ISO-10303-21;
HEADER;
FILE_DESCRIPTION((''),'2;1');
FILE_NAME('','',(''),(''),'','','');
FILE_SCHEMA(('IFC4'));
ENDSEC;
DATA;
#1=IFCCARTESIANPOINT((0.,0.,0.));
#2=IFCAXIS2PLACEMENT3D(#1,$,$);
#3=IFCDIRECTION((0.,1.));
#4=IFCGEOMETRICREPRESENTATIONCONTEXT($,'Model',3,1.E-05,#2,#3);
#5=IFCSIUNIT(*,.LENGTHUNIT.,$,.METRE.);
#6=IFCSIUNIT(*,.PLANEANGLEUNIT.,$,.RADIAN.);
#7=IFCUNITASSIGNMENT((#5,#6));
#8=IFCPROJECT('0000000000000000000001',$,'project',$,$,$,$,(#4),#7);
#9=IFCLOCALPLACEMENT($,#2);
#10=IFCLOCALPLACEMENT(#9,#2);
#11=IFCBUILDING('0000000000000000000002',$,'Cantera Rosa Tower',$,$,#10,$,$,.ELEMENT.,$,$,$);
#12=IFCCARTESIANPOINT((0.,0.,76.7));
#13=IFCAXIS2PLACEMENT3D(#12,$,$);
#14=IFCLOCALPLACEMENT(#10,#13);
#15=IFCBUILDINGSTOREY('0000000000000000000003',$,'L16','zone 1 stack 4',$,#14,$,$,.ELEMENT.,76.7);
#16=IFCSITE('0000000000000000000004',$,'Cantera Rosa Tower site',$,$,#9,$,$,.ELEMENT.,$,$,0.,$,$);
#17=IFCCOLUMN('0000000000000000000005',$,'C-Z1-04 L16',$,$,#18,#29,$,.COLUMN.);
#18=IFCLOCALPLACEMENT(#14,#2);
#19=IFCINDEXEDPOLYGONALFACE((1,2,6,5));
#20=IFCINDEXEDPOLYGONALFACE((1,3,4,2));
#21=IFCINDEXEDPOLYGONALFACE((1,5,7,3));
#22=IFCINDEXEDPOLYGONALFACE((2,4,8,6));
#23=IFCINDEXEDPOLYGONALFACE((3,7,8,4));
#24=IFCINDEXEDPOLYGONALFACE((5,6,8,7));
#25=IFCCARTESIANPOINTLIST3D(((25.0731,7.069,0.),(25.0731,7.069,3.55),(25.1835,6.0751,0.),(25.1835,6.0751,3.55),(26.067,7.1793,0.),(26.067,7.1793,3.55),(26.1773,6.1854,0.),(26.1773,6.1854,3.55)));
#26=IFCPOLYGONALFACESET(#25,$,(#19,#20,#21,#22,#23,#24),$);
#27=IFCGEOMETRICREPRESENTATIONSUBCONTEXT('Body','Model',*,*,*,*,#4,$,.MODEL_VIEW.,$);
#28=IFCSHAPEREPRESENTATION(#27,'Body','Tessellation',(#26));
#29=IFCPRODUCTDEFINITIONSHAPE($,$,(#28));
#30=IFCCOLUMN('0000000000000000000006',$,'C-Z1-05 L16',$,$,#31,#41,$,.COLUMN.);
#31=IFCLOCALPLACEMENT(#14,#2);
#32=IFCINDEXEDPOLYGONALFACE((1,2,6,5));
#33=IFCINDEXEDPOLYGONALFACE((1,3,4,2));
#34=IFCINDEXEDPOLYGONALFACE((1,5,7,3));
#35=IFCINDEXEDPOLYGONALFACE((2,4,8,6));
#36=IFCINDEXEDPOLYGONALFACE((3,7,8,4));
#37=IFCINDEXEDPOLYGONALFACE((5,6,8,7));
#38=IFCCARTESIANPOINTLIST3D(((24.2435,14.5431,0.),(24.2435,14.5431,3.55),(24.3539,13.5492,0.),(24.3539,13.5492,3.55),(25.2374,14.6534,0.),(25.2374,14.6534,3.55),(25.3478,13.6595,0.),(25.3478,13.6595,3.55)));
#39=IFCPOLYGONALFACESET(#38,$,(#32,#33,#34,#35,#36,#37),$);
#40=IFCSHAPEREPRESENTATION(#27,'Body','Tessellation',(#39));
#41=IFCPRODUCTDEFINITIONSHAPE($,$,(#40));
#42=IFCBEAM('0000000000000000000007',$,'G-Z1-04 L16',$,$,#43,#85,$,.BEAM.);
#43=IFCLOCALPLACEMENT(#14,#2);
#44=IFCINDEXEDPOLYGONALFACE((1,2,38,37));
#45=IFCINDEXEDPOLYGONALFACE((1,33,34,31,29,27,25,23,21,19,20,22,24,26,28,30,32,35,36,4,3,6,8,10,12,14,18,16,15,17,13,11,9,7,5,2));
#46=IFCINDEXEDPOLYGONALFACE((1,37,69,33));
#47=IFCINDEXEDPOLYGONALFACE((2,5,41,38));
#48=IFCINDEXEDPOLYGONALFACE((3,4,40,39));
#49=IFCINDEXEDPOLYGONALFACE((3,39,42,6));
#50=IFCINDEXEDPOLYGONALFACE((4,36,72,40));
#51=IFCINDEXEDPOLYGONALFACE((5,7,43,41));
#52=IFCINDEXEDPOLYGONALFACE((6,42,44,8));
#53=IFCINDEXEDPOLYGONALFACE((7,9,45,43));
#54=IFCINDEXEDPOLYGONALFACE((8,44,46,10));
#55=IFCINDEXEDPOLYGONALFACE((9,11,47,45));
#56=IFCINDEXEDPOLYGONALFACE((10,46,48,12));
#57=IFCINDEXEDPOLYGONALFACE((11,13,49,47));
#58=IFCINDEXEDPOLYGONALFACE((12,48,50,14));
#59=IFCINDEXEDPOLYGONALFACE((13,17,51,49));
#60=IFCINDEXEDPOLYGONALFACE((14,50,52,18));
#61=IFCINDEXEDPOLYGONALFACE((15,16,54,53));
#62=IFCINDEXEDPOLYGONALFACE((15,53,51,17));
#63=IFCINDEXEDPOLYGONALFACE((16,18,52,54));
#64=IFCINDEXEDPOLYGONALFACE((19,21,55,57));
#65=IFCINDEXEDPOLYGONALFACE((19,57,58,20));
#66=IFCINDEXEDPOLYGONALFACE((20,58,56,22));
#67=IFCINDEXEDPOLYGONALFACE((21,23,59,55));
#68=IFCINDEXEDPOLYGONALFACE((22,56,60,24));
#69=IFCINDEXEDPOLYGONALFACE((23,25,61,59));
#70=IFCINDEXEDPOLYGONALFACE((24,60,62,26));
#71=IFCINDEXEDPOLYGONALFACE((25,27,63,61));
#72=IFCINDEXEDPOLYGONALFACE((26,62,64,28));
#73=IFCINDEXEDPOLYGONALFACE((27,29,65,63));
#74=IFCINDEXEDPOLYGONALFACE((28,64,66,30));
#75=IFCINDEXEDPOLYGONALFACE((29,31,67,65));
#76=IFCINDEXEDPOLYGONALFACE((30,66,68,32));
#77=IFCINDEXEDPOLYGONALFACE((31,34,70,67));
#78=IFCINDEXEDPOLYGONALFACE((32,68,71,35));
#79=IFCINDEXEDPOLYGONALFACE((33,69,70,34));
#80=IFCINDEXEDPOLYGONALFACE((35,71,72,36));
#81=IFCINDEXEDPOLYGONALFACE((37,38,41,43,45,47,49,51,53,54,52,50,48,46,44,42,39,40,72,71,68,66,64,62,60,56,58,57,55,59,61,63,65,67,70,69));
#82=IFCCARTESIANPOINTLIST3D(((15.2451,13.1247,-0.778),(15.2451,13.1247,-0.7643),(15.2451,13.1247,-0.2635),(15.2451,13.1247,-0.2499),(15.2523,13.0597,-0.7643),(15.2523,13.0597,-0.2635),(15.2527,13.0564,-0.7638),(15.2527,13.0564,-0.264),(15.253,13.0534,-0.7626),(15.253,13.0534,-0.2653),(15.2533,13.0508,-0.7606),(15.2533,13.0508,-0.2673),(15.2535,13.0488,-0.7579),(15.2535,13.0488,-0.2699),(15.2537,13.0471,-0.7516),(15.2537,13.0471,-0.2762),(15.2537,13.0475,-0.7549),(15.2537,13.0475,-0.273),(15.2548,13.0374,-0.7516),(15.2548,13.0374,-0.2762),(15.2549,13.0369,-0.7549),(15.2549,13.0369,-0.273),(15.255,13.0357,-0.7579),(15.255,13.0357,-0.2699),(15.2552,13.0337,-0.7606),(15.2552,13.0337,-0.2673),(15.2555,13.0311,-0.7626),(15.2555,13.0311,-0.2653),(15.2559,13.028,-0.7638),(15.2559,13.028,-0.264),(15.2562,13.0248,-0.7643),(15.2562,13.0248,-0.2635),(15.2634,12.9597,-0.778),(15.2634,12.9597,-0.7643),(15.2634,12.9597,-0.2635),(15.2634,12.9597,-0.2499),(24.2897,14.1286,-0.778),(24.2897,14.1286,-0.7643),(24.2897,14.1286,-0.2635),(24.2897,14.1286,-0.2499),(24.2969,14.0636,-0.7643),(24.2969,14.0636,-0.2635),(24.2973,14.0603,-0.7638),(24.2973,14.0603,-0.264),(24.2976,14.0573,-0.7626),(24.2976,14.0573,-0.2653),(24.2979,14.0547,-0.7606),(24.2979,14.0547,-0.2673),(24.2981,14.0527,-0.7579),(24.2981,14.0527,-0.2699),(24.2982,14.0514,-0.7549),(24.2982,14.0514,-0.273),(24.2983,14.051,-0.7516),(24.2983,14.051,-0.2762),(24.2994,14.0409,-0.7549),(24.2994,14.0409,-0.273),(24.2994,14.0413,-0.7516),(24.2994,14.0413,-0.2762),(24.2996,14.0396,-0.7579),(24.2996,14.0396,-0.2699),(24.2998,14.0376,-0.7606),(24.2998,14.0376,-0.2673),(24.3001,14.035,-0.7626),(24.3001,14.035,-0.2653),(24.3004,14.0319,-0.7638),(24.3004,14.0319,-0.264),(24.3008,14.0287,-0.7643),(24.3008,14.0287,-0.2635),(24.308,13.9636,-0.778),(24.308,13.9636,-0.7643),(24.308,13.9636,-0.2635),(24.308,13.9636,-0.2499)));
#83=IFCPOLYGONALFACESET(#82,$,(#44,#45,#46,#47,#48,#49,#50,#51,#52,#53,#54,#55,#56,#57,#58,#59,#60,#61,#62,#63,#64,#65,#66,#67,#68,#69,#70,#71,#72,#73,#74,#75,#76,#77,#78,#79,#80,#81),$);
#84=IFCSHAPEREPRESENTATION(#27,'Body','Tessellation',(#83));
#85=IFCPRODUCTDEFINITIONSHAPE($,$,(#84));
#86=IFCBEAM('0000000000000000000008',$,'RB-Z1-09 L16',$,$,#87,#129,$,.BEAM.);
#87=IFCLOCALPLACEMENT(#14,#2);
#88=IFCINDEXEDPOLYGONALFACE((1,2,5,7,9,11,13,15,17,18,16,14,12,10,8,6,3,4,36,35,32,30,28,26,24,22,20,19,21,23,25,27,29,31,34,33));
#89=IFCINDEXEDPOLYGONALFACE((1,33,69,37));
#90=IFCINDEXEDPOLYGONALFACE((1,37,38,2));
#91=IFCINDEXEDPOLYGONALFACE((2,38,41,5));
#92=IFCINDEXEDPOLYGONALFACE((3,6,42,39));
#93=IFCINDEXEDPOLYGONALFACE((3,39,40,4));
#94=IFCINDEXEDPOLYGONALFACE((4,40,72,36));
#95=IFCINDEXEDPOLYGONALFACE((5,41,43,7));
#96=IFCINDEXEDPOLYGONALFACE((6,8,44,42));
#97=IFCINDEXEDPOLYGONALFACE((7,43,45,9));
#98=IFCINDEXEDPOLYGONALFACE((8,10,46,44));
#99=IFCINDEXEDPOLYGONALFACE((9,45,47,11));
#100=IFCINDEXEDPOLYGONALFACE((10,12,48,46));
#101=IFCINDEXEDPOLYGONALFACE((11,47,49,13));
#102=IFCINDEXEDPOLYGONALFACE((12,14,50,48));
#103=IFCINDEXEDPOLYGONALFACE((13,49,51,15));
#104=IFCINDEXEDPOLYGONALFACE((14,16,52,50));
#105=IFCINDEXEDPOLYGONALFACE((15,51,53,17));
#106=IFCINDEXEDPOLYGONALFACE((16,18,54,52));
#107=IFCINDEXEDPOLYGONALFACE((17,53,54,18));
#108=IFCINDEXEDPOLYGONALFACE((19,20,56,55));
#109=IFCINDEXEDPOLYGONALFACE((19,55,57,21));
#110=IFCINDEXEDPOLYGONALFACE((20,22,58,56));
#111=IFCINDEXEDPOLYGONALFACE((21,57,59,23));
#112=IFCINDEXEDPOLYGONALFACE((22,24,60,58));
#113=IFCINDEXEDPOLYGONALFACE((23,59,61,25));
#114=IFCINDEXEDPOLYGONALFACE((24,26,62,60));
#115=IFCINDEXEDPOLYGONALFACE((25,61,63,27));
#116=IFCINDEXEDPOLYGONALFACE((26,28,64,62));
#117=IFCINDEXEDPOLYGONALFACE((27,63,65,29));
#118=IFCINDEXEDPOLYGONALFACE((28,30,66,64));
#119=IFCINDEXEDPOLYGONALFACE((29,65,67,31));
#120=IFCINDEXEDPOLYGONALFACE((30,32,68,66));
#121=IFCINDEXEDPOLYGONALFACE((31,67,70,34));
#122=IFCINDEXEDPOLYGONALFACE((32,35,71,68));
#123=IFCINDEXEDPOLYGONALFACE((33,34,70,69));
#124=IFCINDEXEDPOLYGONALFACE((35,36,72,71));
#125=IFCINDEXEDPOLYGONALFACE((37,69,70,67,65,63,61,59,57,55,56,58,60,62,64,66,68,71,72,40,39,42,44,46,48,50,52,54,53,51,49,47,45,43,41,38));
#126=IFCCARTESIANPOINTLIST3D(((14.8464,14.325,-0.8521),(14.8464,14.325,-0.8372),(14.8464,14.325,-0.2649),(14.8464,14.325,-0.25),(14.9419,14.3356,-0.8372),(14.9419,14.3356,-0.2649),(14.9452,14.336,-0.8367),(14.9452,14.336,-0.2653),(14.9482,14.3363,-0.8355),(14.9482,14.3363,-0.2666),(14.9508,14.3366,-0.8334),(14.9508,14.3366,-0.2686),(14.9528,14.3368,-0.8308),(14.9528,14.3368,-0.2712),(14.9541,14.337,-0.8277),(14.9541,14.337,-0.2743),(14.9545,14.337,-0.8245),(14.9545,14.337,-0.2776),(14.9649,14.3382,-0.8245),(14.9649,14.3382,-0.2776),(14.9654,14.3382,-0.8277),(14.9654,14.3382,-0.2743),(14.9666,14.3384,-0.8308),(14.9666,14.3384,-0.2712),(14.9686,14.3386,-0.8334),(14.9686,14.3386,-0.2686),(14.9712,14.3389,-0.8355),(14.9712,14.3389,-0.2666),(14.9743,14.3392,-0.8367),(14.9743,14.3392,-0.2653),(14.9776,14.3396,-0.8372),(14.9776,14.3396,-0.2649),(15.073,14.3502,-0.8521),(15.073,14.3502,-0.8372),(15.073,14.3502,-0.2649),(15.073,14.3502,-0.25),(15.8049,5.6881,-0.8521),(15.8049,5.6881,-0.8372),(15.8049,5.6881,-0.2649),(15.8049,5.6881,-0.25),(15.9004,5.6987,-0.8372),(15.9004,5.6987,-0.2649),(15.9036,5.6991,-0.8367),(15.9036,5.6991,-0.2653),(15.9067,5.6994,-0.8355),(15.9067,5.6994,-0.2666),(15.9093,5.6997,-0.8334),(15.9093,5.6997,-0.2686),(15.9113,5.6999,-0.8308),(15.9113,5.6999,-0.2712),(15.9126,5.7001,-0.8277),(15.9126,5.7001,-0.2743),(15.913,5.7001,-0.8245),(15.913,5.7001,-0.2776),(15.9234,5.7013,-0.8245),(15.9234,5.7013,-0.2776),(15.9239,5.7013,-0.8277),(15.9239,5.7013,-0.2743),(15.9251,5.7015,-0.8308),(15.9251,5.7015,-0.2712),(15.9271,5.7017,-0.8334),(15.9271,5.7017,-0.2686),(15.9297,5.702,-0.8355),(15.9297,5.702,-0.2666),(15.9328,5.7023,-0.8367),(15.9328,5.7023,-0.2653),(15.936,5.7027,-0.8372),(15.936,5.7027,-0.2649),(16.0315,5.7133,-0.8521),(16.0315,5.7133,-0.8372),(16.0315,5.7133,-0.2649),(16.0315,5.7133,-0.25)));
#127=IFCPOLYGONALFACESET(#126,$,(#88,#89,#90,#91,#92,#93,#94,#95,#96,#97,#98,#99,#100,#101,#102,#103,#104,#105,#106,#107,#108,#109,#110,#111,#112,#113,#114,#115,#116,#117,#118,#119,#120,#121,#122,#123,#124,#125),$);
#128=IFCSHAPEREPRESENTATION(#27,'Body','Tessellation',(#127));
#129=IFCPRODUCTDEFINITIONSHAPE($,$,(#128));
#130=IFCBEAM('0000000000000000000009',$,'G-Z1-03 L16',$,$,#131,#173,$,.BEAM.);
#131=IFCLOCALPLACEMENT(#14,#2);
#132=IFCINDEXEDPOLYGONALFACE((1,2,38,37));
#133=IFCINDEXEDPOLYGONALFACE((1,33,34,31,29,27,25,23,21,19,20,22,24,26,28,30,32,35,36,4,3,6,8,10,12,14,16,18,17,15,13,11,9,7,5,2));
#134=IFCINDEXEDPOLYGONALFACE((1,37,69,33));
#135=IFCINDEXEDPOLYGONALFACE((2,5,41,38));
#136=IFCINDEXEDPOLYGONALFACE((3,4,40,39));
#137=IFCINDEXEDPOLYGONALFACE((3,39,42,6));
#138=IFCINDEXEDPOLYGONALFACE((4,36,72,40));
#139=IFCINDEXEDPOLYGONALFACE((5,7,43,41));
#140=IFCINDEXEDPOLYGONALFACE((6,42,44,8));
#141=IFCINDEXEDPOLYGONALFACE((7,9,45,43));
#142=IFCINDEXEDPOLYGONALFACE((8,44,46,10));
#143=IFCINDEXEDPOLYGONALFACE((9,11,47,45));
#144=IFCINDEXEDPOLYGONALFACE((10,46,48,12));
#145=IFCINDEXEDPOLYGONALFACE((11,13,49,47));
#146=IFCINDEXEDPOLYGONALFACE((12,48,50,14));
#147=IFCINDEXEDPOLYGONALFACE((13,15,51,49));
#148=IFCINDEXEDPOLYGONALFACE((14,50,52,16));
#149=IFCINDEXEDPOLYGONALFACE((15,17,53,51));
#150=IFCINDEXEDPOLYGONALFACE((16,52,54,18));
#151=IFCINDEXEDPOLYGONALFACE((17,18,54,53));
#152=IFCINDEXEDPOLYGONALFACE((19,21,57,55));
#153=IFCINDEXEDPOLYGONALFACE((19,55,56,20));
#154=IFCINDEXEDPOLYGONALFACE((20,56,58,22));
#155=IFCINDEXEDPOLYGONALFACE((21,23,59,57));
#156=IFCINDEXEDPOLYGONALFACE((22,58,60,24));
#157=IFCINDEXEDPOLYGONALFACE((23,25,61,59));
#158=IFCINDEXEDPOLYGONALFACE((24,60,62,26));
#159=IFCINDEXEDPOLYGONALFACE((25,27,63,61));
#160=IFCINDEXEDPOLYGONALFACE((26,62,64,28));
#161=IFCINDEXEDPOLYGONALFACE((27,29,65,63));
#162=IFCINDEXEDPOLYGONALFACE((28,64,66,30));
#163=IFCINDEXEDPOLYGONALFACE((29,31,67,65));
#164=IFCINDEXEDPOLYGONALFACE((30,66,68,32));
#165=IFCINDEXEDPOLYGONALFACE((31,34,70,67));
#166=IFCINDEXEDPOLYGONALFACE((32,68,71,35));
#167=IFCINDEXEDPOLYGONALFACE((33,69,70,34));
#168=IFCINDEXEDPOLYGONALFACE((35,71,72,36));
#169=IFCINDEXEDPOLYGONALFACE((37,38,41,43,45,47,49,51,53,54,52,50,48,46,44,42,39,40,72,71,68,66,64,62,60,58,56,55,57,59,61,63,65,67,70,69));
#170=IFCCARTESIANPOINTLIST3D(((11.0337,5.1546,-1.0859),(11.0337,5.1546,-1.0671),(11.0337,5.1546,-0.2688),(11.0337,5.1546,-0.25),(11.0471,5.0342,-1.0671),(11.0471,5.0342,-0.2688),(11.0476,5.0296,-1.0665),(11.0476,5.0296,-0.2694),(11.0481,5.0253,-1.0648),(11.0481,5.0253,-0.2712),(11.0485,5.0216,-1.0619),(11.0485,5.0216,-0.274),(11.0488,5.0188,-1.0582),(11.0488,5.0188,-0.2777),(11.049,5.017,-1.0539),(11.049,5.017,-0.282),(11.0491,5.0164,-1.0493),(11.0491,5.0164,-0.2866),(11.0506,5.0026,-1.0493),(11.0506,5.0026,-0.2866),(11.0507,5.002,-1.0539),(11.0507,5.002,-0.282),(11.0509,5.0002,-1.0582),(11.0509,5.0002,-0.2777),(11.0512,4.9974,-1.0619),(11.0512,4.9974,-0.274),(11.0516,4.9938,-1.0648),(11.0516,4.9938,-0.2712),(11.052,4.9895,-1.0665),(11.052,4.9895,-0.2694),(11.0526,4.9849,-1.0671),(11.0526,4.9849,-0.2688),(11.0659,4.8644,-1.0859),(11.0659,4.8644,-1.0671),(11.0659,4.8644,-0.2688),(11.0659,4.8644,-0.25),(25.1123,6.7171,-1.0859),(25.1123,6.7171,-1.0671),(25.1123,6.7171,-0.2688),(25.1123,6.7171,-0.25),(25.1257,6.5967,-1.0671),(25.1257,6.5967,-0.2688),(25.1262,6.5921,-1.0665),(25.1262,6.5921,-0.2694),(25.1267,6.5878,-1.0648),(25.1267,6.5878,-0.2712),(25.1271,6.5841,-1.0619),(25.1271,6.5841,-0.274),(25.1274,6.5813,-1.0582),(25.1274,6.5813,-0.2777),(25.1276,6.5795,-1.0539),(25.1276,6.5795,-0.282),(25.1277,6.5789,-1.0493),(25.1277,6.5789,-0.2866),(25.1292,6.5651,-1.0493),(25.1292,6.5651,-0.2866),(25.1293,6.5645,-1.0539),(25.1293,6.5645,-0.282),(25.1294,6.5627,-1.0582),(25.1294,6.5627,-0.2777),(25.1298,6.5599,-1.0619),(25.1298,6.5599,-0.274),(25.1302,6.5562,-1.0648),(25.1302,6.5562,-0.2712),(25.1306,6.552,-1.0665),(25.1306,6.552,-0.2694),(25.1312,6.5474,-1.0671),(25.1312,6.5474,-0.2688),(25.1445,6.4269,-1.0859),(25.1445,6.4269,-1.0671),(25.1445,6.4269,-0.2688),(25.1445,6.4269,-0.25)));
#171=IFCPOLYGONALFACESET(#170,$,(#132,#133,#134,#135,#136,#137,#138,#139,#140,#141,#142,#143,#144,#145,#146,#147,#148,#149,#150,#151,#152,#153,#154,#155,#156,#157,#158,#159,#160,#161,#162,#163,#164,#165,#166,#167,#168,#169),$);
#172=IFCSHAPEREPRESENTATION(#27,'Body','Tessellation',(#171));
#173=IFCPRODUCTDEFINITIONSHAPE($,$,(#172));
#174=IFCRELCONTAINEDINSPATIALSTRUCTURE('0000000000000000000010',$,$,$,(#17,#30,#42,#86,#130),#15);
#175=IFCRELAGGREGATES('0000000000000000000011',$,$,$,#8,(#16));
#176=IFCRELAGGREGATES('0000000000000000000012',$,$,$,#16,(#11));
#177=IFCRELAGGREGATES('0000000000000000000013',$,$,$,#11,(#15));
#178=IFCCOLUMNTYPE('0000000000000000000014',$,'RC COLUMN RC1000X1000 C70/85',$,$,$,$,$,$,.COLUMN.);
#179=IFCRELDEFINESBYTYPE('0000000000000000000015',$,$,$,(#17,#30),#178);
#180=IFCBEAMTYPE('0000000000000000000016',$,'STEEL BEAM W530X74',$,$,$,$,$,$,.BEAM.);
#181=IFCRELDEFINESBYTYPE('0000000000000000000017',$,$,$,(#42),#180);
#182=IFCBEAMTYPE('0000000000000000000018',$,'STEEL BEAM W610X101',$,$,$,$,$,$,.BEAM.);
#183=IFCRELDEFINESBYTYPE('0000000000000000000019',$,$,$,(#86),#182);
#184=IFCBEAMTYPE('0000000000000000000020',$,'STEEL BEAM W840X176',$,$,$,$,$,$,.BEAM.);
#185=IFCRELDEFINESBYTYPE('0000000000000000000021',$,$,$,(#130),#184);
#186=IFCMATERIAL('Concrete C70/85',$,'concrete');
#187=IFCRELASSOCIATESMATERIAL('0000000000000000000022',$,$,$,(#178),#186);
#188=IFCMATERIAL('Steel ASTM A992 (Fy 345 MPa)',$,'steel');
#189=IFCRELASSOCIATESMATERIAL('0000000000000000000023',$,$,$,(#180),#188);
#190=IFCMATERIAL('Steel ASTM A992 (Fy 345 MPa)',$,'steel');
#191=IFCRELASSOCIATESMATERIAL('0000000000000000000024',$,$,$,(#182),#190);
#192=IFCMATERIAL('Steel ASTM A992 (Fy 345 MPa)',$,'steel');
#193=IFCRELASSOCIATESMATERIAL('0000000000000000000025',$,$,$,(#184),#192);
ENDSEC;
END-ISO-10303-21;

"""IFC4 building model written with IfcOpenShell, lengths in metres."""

from ifc_helpers import new_model, si_unit, direction, frame, origin, origin_2d, place, context, subcontext, project, spatial, rectangle, i_section, extrude, material, material_profile, profile_set, type_object, element, save


model = new_model("IFC4")

# Units and contexts
model_context = context("Model", 3, precision=1e-05, world=origin(), true_north=direction((0.0, 1.0)))
body_context = subcontext(model_context, "Body", "Model", "MODEL_VIEW")
ifc_project = project(units=[si_unit("LENGTHUNIT", "METRE"), si_unit("PLANEANGLEUNIT", "RADIAN")], contexts=[model_context])

# Site, building, storey
site_placement = place(None, origin())
site = spatial("IfcSite", under=ifc_project, at=site_placement, Name="Cantera Rosa Tower site", CompositionType="ELEMENT", RefElevation=0.0)
building_placement = place(site_placement, origin())
building = spatial("IfcBuilding", under=site, at=building_placement, Name="Cantera Rosa Tower", CompositionType="ELEMENT")
storey_placement = place(building_placement, frame((0.0, 0.0, 76.7)))
storey = spatial("IfcBuildingStorey", under=building, at=storey_placement, Name="L16", Description="zone 1 stack 4", CompositionType="ELEMENT", Elevation=76.7)

# Columns
ifc_material_1 = material(Name="Concrete C70/85", Category="concrete")
ifc_material_profile_1 = material_profile(ifc_material_1, rectangle(XDim=1.0, YDim=1.0, at=origin_2d()), Name="RC COLUMN RC1000X1000 C70/85")
ifc_profile_set_1 = profile_set([ifc_material_profile_1], Name="Concrete C70/85")
column_type = type_object("IfcColumnType", Name="RC COLUMN RC1000X1000 C70/85", PredefinedType="COLUMN", material=ifc_profile_set_1)
for number, where, z_axis, x_axis, name in (
    (1, (25.6252, 6.6272, 0.0), (0.0, 0.0, 1.0), (0.993897, 0.110313, 0.0), "C-Z1-04 L16"),
    (2, (24.7957, 14.1013, 0.0), (0.0, 0.0, 1.0), (0.993897, 0.110313, 0.0), "C-Z1-05 L16"),
):
    element("IfcColumn", number, at=place(storey_placement, frame(where, z_axis=z_axis, x_axis=x_axis)), inside=storey, type_object=column_type, Name=name, PredefinedType="COLUMN", context=body_context, shape_type="SweptSolid", body=[
        extrude(rectangle(XDim=1.0, YDim=1.0, at=origin_2d()), origin(), (0.0, 0.0, 1.0), 3.55),
    ])

# Beams
ifc_material_2 = material(Name="Steel ASTM A992 (Fy 345 MPa)", Category="steel")
ifc_material_profile_2 = material_profile(ifc_material_2, i_section(OverallWidth=0.166, OverallDepth=0.5281, WebThickness=0.0098, FlangeThickness=0.0137, FilletRadius=0.0127, at=origin_2d()), Name="W530X74")
ifc_profile_set_2 = profile_set([ifc_material_profile_2], Name="Steel ASTM A992 (Fy 345 MPa)")
beam_type_1 = type_object("IfcBeamType", Name="STEEL BEAM W530X74", PredefinedType="BEAM", material=ifc_profile_set_2)
beam_1_placement = place(storey_placement, frame((24.2988, 14.0461, -0.5139), z_axis=(-0.993896, -0.11032, 0.0), x_axis=(0.11032, -0.993896, 0.0)))
element("IfcBeam", 3, at=beam_1_placement, inside=storey, type_object=beam_type_1, Name="G-Z1-04 L16", PredefinedType="BEAM", context=body_context, shape_type="SweptSolid", body=[
    extrude(i_section(OverallWidth=0.166, OverallDepth=0.5281, WebThickness=0.0098, FlangeThickness=0.0137, FilletRadius=0.0127, at=origin_2d()), origin(), (0.0, 0.0, 1.0), 9.1001),
])
ifc_material_3 = material(Name="Steel ASTM A992 (Fy 345 MPa)", Category="steel")
ifc_material_profile_3 = material_profile(ifc_material_3, i_section(OverallWidth=0.228, OverallDepth=0.6021, WebThickness=0.0105, FlangeThickness=0.0149, FilletRadius=0.0127, at=origin_2d()), Name="W610X101")
ifc_profile_set_3 = profile_set([ifc_material_profile_3], Name="Steel ASTM A992 (Fy 345 MPa)")
beam_type_2 = type_object("IfcBeamType", Name="STEEL BEAM W610X101", PredefinedType="BEAM", material=ifc_profile_set_3)
beam_2_placement = place(storey_placement, frame((15.9182, 5.7007, -0.551), z_axis=(-0.110299, 0.993898, 0.0), x_axis=(-0.993898, -0.110299, 0.0)))
element("IfcBeam", 4, at=beam_2_placement, inside=storey, type_object=beam_type_2, Name="RB-Z1-09 L16", PredefinedType="BEAM", context=body_context, shape_type="SweptSolid", body=[
    extrude(i_section(OverallWidth=0.228, OverallDepth=0.6021, WebThickness=0.0105, FlangeThickness=0.0149, FilletRadius=0.0127, at=origin_2d()), origin(), (0.0, 0.0, 1.0), 8.6899),
])
ifc_material_4 = material(Name="Steel ASTM A992 (Fy 345 MPa)", Category="steel")
ifc_material_profile_4 = material_profile(ifc_material_4, i_section(OverallWidth=0.292, OverallDepth=0.8359, WebThickness=0.0139, FlangeThickness=0.0188, FilletRadius=0.0178, at=origin_2d()), Name="W840X176")
ifc_profile_set_4 = profile_set([ifc_material_profile_4], Name="Steel ASTM A992 (Fy 345 MPa)")
beam_type_3 = type_object("IfcBeamType", Name="STEEL BEAM W840X176", PredefinedType="BEAM", material=ifc_profile_set_4)
beam_3_placement = place(storey_placement, frame((25.1284, 6.572, -0.668), z_axis=(-0.993898, -0.110307, 0.0), x_axis=(0.110307, -0.993898, 0.0)))
element("IfcBeam", 5, at=beam_3_placement, inside=storey, type_object=beam_type_3, Name="G-Z1-03 L16", PredefinedType="BEAM", context=body_context, shape_type="SweptSolid", body=[
    extrude(i_section(OverallWidth=0.292, OverallDepth=0.8359, WebThickness=0.0139, FlangeThickness=0.0188, FilletRadius=0.0178, at=origin_2d()), origin(), (0.0, 0.0, 1.0), 14.165),
])

save(model, "model.ifc")
